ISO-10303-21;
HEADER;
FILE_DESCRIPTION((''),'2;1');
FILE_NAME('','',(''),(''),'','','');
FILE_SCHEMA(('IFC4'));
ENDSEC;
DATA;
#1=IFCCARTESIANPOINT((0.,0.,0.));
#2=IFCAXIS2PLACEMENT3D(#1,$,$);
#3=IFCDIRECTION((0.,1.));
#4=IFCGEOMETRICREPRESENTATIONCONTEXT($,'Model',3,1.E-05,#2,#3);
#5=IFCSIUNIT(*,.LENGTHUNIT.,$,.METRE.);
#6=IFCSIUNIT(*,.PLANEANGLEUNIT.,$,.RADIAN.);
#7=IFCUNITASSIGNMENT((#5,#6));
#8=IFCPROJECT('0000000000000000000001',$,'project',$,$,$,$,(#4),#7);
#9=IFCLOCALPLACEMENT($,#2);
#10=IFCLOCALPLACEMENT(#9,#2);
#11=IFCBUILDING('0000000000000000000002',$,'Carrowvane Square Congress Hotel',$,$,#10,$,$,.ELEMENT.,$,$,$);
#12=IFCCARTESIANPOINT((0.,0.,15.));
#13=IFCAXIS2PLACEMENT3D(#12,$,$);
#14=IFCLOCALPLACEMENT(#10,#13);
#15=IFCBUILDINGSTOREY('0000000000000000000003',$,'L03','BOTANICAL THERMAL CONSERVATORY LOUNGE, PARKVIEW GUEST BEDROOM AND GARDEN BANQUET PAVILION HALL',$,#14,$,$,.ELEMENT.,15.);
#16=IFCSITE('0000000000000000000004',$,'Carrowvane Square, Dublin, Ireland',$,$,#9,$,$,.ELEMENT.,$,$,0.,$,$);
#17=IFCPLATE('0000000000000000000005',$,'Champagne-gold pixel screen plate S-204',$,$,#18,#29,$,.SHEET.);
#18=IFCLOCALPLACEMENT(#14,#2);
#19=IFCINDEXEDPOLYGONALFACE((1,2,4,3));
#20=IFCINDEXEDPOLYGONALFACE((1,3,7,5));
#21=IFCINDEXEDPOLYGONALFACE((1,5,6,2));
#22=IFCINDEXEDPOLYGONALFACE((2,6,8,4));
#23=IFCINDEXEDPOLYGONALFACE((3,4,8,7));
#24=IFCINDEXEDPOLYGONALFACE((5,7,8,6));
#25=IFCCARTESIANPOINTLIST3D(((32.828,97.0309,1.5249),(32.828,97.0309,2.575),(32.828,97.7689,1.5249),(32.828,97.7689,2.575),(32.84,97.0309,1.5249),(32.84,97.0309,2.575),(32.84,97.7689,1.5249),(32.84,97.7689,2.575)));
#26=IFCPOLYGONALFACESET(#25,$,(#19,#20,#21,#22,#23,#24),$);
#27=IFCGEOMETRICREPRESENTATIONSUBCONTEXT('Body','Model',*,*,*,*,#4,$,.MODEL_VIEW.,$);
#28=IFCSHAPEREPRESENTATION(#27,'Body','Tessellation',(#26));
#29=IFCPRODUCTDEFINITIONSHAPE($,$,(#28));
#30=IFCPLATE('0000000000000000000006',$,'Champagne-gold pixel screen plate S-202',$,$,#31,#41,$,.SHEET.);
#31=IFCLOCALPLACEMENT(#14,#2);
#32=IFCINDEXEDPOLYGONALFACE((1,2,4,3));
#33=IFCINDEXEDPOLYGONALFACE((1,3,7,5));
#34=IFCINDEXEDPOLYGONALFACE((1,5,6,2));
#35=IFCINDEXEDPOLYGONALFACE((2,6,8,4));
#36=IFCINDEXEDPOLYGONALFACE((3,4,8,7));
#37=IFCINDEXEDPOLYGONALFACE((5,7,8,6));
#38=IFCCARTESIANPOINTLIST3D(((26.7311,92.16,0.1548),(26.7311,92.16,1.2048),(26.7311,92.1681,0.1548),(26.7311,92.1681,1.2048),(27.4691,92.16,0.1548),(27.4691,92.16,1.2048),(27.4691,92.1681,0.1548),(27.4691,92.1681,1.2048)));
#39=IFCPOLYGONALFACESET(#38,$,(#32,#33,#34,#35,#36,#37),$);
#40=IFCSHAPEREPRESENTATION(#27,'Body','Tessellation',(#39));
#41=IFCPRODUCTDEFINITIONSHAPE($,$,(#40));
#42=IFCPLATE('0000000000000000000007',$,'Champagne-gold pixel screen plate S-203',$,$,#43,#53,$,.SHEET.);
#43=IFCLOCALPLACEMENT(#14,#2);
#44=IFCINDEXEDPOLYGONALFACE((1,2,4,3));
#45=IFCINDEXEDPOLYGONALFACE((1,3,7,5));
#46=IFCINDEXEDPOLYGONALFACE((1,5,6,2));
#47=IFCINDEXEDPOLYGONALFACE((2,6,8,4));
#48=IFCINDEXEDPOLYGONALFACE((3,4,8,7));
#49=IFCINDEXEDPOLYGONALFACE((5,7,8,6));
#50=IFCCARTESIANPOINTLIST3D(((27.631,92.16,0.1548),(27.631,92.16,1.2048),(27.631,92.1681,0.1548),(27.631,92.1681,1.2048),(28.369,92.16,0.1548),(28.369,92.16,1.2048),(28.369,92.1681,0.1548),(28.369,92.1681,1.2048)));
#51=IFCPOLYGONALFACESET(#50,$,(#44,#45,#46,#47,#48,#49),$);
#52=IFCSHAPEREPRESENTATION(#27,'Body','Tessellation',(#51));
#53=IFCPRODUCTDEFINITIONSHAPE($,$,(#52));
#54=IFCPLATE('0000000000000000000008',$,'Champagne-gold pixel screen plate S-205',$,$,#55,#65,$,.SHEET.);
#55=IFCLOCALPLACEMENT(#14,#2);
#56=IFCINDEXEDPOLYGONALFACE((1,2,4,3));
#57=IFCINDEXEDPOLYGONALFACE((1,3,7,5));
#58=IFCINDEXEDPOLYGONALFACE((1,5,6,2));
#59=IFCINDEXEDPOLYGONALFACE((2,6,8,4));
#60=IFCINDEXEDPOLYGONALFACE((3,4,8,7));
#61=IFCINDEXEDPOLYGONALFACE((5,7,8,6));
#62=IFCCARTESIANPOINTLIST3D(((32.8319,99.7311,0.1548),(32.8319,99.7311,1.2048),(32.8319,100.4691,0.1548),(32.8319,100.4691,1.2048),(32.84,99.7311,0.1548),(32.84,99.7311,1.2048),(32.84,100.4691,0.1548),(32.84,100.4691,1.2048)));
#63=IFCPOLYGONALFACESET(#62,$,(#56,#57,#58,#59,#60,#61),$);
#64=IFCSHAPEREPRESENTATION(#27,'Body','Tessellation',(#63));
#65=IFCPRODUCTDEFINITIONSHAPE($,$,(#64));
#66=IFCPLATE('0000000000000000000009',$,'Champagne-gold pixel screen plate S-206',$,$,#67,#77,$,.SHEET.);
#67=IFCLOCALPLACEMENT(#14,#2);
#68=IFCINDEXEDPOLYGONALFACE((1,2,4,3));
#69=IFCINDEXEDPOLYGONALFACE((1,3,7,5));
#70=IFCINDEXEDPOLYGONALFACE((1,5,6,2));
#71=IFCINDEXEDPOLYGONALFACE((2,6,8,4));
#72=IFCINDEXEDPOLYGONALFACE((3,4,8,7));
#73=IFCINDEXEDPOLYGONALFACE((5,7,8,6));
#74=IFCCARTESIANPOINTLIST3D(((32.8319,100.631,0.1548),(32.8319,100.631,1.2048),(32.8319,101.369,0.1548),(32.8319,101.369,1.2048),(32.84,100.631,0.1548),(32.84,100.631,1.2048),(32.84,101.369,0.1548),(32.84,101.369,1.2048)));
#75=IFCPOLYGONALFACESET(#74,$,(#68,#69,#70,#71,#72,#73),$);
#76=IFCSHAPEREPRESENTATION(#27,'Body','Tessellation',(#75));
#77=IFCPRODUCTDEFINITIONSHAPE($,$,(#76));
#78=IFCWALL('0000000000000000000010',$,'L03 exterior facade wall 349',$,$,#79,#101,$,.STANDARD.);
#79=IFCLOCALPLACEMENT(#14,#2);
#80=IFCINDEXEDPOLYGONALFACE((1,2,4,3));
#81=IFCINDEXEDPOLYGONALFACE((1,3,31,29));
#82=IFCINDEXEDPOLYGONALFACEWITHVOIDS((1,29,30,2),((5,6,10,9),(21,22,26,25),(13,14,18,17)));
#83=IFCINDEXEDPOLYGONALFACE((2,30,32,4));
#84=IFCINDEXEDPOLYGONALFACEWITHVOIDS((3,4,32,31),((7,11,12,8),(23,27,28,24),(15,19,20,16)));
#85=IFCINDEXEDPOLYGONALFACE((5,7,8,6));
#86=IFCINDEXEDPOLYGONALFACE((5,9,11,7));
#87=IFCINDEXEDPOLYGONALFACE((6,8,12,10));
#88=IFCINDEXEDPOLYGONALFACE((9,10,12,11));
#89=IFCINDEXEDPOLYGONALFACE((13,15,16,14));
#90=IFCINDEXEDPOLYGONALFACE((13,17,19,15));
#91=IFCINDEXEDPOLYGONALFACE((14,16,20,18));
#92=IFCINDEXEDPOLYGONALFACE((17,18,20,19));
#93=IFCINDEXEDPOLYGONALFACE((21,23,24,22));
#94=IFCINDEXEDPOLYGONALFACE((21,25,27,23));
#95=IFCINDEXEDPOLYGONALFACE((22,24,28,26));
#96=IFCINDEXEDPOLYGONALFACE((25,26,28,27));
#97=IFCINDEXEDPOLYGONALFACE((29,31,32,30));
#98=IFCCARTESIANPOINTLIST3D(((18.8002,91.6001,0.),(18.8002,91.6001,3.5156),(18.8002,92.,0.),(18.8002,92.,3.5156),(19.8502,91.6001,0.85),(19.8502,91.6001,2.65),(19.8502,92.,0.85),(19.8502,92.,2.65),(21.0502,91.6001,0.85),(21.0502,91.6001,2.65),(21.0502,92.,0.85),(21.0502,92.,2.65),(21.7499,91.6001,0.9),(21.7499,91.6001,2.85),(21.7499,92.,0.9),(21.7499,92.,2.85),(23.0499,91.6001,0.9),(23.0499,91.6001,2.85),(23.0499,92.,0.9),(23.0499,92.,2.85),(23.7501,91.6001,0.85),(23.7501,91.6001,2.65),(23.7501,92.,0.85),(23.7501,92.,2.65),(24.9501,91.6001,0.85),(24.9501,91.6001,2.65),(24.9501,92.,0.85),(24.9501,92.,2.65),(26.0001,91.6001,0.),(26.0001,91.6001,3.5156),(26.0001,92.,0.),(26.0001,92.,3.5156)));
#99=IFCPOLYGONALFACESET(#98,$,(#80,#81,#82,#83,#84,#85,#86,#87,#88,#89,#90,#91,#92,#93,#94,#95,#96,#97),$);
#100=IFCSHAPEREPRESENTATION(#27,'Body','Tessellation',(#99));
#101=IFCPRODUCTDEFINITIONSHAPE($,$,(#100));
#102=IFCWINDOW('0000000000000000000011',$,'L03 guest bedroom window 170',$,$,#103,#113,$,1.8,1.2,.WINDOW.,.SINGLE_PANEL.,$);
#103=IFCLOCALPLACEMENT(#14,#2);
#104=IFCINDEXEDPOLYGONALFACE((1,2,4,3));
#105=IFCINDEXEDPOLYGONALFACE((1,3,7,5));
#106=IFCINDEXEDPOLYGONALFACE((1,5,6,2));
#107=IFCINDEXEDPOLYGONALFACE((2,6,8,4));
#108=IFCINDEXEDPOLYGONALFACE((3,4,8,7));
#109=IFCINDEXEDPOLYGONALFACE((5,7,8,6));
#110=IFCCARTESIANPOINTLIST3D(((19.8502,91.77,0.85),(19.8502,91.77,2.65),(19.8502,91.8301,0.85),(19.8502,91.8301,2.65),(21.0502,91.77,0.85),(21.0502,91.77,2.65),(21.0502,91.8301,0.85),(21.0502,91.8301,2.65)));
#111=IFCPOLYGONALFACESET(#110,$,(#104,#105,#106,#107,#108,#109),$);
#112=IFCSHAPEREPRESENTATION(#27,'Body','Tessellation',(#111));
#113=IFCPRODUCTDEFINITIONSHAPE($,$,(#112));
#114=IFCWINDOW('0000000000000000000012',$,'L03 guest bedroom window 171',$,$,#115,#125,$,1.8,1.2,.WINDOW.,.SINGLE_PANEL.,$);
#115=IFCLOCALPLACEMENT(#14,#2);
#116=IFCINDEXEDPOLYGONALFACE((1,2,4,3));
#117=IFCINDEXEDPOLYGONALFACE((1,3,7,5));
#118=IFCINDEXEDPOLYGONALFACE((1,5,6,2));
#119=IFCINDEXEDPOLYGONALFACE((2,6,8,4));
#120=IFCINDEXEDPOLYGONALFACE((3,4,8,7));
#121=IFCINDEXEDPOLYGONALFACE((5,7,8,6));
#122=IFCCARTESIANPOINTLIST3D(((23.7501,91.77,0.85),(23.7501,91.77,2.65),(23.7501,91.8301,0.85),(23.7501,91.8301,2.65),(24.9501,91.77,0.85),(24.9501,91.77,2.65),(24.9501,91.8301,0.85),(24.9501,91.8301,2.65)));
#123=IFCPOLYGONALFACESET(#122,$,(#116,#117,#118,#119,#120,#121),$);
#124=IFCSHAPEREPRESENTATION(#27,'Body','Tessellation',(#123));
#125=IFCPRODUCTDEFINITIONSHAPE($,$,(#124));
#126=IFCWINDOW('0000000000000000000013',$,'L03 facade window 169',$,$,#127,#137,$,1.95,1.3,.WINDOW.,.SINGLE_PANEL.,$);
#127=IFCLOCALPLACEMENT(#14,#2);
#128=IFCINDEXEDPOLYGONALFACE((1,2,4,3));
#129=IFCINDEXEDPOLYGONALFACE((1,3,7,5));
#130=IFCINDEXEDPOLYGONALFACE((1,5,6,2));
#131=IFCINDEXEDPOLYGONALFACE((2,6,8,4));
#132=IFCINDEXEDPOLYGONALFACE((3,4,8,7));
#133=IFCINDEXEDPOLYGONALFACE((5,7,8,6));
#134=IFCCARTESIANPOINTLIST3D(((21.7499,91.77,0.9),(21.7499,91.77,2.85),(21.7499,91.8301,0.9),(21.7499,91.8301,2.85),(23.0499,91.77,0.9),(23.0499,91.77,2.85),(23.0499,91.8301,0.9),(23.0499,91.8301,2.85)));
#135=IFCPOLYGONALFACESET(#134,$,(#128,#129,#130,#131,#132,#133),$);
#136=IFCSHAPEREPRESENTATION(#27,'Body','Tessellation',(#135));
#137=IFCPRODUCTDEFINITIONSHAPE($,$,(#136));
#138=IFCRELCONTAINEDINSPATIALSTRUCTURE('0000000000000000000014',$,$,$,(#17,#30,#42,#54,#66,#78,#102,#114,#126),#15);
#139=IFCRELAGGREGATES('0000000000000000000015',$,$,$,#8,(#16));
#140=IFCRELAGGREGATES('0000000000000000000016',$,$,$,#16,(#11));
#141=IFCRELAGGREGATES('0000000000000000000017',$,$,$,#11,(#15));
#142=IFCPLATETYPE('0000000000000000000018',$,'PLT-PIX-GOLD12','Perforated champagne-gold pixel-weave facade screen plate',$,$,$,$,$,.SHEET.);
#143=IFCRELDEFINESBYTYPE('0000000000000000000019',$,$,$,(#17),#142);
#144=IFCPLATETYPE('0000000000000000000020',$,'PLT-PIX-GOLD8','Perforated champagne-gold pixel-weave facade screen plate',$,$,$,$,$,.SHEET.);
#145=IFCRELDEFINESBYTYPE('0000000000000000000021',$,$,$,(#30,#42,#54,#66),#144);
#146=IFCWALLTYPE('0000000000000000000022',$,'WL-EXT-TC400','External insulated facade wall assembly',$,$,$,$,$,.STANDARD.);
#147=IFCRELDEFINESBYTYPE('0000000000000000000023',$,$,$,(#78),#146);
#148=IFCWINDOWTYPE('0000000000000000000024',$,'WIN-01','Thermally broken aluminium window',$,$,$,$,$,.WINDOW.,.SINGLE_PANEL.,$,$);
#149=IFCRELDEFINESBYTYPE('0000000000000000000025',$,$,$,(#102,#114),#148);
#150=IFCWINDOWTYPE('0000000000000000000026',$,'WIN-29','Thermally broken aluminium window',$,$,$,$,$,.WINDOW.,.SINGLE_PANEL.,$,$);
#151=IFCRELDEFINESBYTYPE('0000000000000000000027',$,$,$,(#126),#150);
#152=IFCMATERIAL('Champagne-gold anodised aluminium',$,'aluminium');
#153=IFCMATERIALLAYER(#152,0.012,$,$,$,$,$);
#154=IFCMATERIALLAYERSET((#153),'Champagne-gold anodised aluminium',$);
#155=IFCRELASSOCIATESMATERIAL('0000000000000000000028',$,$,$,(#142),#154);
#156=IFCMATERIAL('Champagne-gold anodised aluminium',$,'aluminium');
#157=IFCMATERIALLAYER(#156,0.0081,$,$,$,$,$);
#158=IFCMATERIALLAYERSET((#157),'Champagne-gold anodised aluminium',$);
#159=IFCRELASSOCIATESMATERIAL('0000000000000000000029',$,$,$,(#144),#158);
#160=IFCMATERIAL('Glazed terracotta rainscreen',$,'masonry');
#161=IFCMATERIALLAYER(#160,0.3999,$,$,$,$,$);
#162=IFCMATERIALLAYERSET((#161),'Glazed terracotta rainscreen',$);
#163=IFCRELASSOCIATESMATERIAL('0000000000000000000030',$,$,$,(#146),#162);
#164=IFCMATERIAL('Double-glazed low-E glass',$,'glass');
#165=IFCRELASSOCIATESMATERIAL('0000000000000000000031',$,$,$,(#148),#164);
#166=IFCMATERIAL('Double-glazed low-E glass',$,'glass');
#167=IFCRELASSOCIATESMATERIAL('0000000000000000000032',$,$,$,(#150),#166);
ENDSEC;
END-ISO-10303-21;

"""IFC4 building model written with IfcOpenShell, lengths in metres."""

from ifc_helpers import new_model, si_unit, direction, frame, frame_2d, origin, origin_2d, place, context, subcontext, project, spatial, rectangle, extrude, material, layer, layer_set, type_object, element, fill, save


model = new_model("IFC4")

# Units and contexts
model_context = context("Model", 3, precision=1e-05, world=origin(), true_north=direction((0.0, 1.0)))
body_context = subcontext(model_context, "Body", "Model", "MODEL_VIEW")
ifc_project = project(units=[si_unit("LENGTHUNIT", "METRE"), si_unit("PLANEANGLEUNIT", "RADIAN")], contexts=[model_context])

# Site, building, storey
site_placement = place(None, origin())
site = spatial("IfcSite", under=ifc_project, at=site_placement, Name="Carrowvane Square, Dublin, Ireland", CompositionType="ELEMENT", RefElevation=0.0)
building_placement = place(site_placement, origin())
building = spatial("IfcBuilding", under=site, at=building_placement, Name="Carrowvane Square Congress Hotel", CompositionType="ELEMENT")
storey_placement = place(building_placement, frame((0.0, 0.0, 15.0)))
storey = spatial("IfcBuildingStorey", under=building, at=storey_placement, Name="L03", Description="BOTANICAL THERMAL CONSERVATORY LOUNGE, PARKVIEW GUEST BEDROOM AND GARDEN BANQUET PAVILION HALL", CompositionType="ELEMENT", Elevation=15.0)

# Plates
ifc_material_1 = material(Name="Champagne-gold anodised aluminium", Category="aluminium")
ifc_layer_1 = layer(ifc_material_1, 0.012)
ifc_layer_set_1 = layer_set([ifc_layer_1], Name="Champagne-gold anodised aluminium")
plate_type_1 = type_object("IfcPlateType", Name="PLT-PIX-GOLD12", Description="Perforated champagne-gold pixel-weave facade screen plate", PredefinedType="SHEET", material=ifc_layer_set_1)
plate_placement = place(storey_placement, frame((32.834, 97.3999, 1.5249), z_axis=(0.0, 0.0, 1.0), x_axis=(0.0, 1.0, 0.0)))
element("IfcPlate", 1, at=plate_placement, inside=storey, type_object=plate_type_1, Name="Champagne-gold pixel screen plate S-204", PredefinedType="SHEET", context=body_context, shape_type="SweptSolid", body=[
    extrude(rectangle(XDim=0.738, YDim=0.012, at=origin_2d()), origin(), (0.0, 0.0, 1.0), 1.05),
])
ifc_material_2 = material(Name="Champagne-gold anodised aluminium", Category="aluminium")
ifc_layer_2 = layer(ifc_material_2, 0.0081)
ifc_layer_set_2 = layer_set([ifc_layer_2], Name="Champagne-gold anodised aluminium")
plate_type_2 = type_object("IfcPlateType", Name="PLT-PIX-GOLD8", Description="Perforated champagne-gold pixel-weave facade screen plate", PredefinedType="SHEET", material=ifc_layer_set_2)
for number, where, z_axis, x_axis, name in (
    (2, (27.1001, 92.1641, 0.1548), (0.0, 0.0, 1.0), (1.0, 0.0, 0.0), "Champagne-gold pixel screen plate S-202"),
    (3, (28.0, 92.1641, 0.1548), (0.0, 0.0, 1.0), (1.0, 0.0, 0.0), "Champagne-gold pixel screen plate S-203"),
    (4, (32.8359, 100.1001, 0.1548), (0.0, 0.0, 1.0), (0.0, 1.0, 0.0), "Champagne-gold pixel screen plate S-205"),
    (5, (32.8359, 101.0, 0.1548), (0.0, 0.0, 1.0), (0.0, 1.0, 0.0), "Champagne-gold pixel screen plate S-206"),
):
    element("IfcPlate", number, at=place(storey_placement, frame(where, z_axis=z_axis, x_axis=x_axis)), inside=storey, type_object=plate_type_2, Name=name, PredefinedType="SHEET", context=body_context, shape_type="SweptSolid", body=[
        extrude(rectangle(XDim=0.738, YDim=0.0081, at=origin_2d()), origin(), (0.0, 0.0, 1.0), 1.05),
    ])

# Wall, openings, windows
ifc_material_3 = material(Name="Glazed terracotta rainscreen", Category="masonry")
ifc_layer_3 = layer(ifc_material_3, 0.3999)
ifc_layer_set_3 = layer_set([ifc_layer_3], Name="Glazed terracotta rainscreen")
wall_type_1 = type_object("IfcWallType", Name="WL-EXT-TC400", Description="External insulated facade wall assembly", PredefinedType="STANDARD", material=ifc_layer_set_3)
wall_1_placement = place(storey_placement, frame((18.8, 91.8, 0.0), z_axis=(0.0, 0.0, 1.0), x_axis=(1.0, 0.0, 0.0)))
wall_1 = element("IfcWall", 6, at=wall_1_placement, inside=storey, type_object=wall_type_1, Name="L03 exterior facade wall 349", PredefinedType="STANDARD", context=body_context, shape_type="SweptSolid", body=[
    extrude(rectangle(XDim=7.2, YDim=0.3999, at=frame_2d((3.6001, 0.0))), origin(), (0.0, 0.0, 1.0), 3.5156),
])
opening_1_placement = place(wall_1_placement, frame((2.95, 0.0, 0.8999)))
opening_1 = element("IfcOpeningElement", 7, at=opening_1_placement, cuts=wall_1, PredefinedType="OPENING", context=body_context, shape_type="SweptSolid", body=[
    extrude(rectangle(XDim=1.3, YDim=1.95, at=frame_2d((0.6499, 0.9751))), frame((0.0, 0.21, 0.0), z_axis=(0.0, -1.0, 0.0), x_axis=(1.0, 0.0, 0.0)), (0.0, 0.0, 1.0), 0.4199),
])
opening_2_placement = place(wall_1_placement, frame((1.05, 0.0, 0.8501)))
opening_2 = element("IfcOpeningElement", 8, at=opening_2_placement, cuts=wall_1, PredefinedType="OPENING", context=body_context, shape_type="SweptSolid", body=[
    extrude(rectangle(XDim=1.2, YDim=1.8, at=frame_2d((0.6001, 0.8999))), frame((0.0, 0.21, 0.0), z_axis=(0.0, -1.0, 0.0), x_axis=(1.0, 0.0, 0.0)), (0.0, 0.0, 1.0), 0.4199),
])
opening_3_placement = place(wall_1_placement, frame((4.95, 0.0, 0.8501)))
opening_3 = element("IfcOpeningElement", 9, at=opening_3_placement, cuts=wall_1, PredefinedType="OPENING", context=body_context, shape_type="SweptSolid", body=[
    extrude(rectangle(XDim=1.2, YDim=1.8, at=frame_2d((0.6001, 0.8999))), frame((0.0, 0.21, 0.0), z_axis=(0.0, -1.0, 0.0), x_axis=(1.0, 0.0, 0.0)), (0.0, 0.0, 1.0), 0.4199),
])
ifc_material_4 = material(Name="Double-glazed low-E glass", Category="glass")
window_type_1 = type_object("IfcWindowType", Name="WIN-01", Description="Thermally broken aluminium window", PartitioningType="SINGLE_PANEL", PredefinedType="WINDOW", material=ifc_material_4)
window_1_placement = place(opening_2_placement, origin())
window_1 = element("IfcWindow", 10, at=window_1_placement, inside=storey, type_object=window_type_1, Name="L03 guest bedroom window 170", OverallHeight=1.8, OverallWidth=1.2, PartitioningType="SINGLE_PANEL", PredefinedType="WINDOW", context=body_context, shape_type="SweptSolid", body=[
    extrude(rectangle(XDim=1.2, YDim=1.8, at=frame_2d((0.6001, 0.8999))), frame((0.0, 0.03, 0.0), z_axis=(0.0, -1.0, 0.0), x_axis=(1.0, 0.0, 0.0)), (0.0, 0.0, 1.0), 0.0601),
])
fill(opening_2, window_1)
window_2_placement = place(opening_3_placement, origin())
window_2 = element("IfcWindow", 11, at=window_2_placement, inside=storey, type_object=window_type_1, Name="L03 guest bedroom window 171", OverallHeight=1.8, OverallWidth=1.2, PartitioningType="SINGLE_PANEL", PredefinedType="WINDOW", context=body_context, shape_type="SweptSolid", body=[
    extrude(rectangle(XDim=1.2, YDim=1.8, at=frame_2d((0.6001, 0.8999))), frame((0.0, 0.03, 0.0), z_axis=(0.0, -1.0, 0.0), x_axis=(1.0, 0.0, 0.0)), (0.0, 0.0, 1.0), 0.0601),
])
fill(opening_3, window_2)
ifc_material_5 = material(Name="Double-glazed low-E glass", Category="glass")
window_type_2 = type_object("IfcWindowType", Name="WIN-29", Description="Thermally broken aluminium window", PartitioningType="SINGLE_PANEL", PredefinedType="WINDOW", material=ifc_material_5)
window_3_placement = place(opening_1_placement, origin())
window_3 = element("IfcWindow", 12, at=window_3_placement, inside=storey, type_object=window_type_2, Name="L03 facade window 169", OverallHeight=1.95, OverallWidth=1.3, PartitioningType="SINGLE_PANEL", PredefinedType="WINDOW", context=body_context, shape_type="SweptSolid", body=[
    extrude(rectangle(XDim=1.3, YDim=1.95, at=frame_2d((0.6499, 0.9751))), frame((0.0, 0.03, 0.0), z_axis=(0.0, -1.0, 0.0), x_axis=(1.0, 0.0, 0.0)), (0.0, 0.0, 1.0), 0.0601),
])
fill(opening_1, window_3)

save(model, "model.ifc")
